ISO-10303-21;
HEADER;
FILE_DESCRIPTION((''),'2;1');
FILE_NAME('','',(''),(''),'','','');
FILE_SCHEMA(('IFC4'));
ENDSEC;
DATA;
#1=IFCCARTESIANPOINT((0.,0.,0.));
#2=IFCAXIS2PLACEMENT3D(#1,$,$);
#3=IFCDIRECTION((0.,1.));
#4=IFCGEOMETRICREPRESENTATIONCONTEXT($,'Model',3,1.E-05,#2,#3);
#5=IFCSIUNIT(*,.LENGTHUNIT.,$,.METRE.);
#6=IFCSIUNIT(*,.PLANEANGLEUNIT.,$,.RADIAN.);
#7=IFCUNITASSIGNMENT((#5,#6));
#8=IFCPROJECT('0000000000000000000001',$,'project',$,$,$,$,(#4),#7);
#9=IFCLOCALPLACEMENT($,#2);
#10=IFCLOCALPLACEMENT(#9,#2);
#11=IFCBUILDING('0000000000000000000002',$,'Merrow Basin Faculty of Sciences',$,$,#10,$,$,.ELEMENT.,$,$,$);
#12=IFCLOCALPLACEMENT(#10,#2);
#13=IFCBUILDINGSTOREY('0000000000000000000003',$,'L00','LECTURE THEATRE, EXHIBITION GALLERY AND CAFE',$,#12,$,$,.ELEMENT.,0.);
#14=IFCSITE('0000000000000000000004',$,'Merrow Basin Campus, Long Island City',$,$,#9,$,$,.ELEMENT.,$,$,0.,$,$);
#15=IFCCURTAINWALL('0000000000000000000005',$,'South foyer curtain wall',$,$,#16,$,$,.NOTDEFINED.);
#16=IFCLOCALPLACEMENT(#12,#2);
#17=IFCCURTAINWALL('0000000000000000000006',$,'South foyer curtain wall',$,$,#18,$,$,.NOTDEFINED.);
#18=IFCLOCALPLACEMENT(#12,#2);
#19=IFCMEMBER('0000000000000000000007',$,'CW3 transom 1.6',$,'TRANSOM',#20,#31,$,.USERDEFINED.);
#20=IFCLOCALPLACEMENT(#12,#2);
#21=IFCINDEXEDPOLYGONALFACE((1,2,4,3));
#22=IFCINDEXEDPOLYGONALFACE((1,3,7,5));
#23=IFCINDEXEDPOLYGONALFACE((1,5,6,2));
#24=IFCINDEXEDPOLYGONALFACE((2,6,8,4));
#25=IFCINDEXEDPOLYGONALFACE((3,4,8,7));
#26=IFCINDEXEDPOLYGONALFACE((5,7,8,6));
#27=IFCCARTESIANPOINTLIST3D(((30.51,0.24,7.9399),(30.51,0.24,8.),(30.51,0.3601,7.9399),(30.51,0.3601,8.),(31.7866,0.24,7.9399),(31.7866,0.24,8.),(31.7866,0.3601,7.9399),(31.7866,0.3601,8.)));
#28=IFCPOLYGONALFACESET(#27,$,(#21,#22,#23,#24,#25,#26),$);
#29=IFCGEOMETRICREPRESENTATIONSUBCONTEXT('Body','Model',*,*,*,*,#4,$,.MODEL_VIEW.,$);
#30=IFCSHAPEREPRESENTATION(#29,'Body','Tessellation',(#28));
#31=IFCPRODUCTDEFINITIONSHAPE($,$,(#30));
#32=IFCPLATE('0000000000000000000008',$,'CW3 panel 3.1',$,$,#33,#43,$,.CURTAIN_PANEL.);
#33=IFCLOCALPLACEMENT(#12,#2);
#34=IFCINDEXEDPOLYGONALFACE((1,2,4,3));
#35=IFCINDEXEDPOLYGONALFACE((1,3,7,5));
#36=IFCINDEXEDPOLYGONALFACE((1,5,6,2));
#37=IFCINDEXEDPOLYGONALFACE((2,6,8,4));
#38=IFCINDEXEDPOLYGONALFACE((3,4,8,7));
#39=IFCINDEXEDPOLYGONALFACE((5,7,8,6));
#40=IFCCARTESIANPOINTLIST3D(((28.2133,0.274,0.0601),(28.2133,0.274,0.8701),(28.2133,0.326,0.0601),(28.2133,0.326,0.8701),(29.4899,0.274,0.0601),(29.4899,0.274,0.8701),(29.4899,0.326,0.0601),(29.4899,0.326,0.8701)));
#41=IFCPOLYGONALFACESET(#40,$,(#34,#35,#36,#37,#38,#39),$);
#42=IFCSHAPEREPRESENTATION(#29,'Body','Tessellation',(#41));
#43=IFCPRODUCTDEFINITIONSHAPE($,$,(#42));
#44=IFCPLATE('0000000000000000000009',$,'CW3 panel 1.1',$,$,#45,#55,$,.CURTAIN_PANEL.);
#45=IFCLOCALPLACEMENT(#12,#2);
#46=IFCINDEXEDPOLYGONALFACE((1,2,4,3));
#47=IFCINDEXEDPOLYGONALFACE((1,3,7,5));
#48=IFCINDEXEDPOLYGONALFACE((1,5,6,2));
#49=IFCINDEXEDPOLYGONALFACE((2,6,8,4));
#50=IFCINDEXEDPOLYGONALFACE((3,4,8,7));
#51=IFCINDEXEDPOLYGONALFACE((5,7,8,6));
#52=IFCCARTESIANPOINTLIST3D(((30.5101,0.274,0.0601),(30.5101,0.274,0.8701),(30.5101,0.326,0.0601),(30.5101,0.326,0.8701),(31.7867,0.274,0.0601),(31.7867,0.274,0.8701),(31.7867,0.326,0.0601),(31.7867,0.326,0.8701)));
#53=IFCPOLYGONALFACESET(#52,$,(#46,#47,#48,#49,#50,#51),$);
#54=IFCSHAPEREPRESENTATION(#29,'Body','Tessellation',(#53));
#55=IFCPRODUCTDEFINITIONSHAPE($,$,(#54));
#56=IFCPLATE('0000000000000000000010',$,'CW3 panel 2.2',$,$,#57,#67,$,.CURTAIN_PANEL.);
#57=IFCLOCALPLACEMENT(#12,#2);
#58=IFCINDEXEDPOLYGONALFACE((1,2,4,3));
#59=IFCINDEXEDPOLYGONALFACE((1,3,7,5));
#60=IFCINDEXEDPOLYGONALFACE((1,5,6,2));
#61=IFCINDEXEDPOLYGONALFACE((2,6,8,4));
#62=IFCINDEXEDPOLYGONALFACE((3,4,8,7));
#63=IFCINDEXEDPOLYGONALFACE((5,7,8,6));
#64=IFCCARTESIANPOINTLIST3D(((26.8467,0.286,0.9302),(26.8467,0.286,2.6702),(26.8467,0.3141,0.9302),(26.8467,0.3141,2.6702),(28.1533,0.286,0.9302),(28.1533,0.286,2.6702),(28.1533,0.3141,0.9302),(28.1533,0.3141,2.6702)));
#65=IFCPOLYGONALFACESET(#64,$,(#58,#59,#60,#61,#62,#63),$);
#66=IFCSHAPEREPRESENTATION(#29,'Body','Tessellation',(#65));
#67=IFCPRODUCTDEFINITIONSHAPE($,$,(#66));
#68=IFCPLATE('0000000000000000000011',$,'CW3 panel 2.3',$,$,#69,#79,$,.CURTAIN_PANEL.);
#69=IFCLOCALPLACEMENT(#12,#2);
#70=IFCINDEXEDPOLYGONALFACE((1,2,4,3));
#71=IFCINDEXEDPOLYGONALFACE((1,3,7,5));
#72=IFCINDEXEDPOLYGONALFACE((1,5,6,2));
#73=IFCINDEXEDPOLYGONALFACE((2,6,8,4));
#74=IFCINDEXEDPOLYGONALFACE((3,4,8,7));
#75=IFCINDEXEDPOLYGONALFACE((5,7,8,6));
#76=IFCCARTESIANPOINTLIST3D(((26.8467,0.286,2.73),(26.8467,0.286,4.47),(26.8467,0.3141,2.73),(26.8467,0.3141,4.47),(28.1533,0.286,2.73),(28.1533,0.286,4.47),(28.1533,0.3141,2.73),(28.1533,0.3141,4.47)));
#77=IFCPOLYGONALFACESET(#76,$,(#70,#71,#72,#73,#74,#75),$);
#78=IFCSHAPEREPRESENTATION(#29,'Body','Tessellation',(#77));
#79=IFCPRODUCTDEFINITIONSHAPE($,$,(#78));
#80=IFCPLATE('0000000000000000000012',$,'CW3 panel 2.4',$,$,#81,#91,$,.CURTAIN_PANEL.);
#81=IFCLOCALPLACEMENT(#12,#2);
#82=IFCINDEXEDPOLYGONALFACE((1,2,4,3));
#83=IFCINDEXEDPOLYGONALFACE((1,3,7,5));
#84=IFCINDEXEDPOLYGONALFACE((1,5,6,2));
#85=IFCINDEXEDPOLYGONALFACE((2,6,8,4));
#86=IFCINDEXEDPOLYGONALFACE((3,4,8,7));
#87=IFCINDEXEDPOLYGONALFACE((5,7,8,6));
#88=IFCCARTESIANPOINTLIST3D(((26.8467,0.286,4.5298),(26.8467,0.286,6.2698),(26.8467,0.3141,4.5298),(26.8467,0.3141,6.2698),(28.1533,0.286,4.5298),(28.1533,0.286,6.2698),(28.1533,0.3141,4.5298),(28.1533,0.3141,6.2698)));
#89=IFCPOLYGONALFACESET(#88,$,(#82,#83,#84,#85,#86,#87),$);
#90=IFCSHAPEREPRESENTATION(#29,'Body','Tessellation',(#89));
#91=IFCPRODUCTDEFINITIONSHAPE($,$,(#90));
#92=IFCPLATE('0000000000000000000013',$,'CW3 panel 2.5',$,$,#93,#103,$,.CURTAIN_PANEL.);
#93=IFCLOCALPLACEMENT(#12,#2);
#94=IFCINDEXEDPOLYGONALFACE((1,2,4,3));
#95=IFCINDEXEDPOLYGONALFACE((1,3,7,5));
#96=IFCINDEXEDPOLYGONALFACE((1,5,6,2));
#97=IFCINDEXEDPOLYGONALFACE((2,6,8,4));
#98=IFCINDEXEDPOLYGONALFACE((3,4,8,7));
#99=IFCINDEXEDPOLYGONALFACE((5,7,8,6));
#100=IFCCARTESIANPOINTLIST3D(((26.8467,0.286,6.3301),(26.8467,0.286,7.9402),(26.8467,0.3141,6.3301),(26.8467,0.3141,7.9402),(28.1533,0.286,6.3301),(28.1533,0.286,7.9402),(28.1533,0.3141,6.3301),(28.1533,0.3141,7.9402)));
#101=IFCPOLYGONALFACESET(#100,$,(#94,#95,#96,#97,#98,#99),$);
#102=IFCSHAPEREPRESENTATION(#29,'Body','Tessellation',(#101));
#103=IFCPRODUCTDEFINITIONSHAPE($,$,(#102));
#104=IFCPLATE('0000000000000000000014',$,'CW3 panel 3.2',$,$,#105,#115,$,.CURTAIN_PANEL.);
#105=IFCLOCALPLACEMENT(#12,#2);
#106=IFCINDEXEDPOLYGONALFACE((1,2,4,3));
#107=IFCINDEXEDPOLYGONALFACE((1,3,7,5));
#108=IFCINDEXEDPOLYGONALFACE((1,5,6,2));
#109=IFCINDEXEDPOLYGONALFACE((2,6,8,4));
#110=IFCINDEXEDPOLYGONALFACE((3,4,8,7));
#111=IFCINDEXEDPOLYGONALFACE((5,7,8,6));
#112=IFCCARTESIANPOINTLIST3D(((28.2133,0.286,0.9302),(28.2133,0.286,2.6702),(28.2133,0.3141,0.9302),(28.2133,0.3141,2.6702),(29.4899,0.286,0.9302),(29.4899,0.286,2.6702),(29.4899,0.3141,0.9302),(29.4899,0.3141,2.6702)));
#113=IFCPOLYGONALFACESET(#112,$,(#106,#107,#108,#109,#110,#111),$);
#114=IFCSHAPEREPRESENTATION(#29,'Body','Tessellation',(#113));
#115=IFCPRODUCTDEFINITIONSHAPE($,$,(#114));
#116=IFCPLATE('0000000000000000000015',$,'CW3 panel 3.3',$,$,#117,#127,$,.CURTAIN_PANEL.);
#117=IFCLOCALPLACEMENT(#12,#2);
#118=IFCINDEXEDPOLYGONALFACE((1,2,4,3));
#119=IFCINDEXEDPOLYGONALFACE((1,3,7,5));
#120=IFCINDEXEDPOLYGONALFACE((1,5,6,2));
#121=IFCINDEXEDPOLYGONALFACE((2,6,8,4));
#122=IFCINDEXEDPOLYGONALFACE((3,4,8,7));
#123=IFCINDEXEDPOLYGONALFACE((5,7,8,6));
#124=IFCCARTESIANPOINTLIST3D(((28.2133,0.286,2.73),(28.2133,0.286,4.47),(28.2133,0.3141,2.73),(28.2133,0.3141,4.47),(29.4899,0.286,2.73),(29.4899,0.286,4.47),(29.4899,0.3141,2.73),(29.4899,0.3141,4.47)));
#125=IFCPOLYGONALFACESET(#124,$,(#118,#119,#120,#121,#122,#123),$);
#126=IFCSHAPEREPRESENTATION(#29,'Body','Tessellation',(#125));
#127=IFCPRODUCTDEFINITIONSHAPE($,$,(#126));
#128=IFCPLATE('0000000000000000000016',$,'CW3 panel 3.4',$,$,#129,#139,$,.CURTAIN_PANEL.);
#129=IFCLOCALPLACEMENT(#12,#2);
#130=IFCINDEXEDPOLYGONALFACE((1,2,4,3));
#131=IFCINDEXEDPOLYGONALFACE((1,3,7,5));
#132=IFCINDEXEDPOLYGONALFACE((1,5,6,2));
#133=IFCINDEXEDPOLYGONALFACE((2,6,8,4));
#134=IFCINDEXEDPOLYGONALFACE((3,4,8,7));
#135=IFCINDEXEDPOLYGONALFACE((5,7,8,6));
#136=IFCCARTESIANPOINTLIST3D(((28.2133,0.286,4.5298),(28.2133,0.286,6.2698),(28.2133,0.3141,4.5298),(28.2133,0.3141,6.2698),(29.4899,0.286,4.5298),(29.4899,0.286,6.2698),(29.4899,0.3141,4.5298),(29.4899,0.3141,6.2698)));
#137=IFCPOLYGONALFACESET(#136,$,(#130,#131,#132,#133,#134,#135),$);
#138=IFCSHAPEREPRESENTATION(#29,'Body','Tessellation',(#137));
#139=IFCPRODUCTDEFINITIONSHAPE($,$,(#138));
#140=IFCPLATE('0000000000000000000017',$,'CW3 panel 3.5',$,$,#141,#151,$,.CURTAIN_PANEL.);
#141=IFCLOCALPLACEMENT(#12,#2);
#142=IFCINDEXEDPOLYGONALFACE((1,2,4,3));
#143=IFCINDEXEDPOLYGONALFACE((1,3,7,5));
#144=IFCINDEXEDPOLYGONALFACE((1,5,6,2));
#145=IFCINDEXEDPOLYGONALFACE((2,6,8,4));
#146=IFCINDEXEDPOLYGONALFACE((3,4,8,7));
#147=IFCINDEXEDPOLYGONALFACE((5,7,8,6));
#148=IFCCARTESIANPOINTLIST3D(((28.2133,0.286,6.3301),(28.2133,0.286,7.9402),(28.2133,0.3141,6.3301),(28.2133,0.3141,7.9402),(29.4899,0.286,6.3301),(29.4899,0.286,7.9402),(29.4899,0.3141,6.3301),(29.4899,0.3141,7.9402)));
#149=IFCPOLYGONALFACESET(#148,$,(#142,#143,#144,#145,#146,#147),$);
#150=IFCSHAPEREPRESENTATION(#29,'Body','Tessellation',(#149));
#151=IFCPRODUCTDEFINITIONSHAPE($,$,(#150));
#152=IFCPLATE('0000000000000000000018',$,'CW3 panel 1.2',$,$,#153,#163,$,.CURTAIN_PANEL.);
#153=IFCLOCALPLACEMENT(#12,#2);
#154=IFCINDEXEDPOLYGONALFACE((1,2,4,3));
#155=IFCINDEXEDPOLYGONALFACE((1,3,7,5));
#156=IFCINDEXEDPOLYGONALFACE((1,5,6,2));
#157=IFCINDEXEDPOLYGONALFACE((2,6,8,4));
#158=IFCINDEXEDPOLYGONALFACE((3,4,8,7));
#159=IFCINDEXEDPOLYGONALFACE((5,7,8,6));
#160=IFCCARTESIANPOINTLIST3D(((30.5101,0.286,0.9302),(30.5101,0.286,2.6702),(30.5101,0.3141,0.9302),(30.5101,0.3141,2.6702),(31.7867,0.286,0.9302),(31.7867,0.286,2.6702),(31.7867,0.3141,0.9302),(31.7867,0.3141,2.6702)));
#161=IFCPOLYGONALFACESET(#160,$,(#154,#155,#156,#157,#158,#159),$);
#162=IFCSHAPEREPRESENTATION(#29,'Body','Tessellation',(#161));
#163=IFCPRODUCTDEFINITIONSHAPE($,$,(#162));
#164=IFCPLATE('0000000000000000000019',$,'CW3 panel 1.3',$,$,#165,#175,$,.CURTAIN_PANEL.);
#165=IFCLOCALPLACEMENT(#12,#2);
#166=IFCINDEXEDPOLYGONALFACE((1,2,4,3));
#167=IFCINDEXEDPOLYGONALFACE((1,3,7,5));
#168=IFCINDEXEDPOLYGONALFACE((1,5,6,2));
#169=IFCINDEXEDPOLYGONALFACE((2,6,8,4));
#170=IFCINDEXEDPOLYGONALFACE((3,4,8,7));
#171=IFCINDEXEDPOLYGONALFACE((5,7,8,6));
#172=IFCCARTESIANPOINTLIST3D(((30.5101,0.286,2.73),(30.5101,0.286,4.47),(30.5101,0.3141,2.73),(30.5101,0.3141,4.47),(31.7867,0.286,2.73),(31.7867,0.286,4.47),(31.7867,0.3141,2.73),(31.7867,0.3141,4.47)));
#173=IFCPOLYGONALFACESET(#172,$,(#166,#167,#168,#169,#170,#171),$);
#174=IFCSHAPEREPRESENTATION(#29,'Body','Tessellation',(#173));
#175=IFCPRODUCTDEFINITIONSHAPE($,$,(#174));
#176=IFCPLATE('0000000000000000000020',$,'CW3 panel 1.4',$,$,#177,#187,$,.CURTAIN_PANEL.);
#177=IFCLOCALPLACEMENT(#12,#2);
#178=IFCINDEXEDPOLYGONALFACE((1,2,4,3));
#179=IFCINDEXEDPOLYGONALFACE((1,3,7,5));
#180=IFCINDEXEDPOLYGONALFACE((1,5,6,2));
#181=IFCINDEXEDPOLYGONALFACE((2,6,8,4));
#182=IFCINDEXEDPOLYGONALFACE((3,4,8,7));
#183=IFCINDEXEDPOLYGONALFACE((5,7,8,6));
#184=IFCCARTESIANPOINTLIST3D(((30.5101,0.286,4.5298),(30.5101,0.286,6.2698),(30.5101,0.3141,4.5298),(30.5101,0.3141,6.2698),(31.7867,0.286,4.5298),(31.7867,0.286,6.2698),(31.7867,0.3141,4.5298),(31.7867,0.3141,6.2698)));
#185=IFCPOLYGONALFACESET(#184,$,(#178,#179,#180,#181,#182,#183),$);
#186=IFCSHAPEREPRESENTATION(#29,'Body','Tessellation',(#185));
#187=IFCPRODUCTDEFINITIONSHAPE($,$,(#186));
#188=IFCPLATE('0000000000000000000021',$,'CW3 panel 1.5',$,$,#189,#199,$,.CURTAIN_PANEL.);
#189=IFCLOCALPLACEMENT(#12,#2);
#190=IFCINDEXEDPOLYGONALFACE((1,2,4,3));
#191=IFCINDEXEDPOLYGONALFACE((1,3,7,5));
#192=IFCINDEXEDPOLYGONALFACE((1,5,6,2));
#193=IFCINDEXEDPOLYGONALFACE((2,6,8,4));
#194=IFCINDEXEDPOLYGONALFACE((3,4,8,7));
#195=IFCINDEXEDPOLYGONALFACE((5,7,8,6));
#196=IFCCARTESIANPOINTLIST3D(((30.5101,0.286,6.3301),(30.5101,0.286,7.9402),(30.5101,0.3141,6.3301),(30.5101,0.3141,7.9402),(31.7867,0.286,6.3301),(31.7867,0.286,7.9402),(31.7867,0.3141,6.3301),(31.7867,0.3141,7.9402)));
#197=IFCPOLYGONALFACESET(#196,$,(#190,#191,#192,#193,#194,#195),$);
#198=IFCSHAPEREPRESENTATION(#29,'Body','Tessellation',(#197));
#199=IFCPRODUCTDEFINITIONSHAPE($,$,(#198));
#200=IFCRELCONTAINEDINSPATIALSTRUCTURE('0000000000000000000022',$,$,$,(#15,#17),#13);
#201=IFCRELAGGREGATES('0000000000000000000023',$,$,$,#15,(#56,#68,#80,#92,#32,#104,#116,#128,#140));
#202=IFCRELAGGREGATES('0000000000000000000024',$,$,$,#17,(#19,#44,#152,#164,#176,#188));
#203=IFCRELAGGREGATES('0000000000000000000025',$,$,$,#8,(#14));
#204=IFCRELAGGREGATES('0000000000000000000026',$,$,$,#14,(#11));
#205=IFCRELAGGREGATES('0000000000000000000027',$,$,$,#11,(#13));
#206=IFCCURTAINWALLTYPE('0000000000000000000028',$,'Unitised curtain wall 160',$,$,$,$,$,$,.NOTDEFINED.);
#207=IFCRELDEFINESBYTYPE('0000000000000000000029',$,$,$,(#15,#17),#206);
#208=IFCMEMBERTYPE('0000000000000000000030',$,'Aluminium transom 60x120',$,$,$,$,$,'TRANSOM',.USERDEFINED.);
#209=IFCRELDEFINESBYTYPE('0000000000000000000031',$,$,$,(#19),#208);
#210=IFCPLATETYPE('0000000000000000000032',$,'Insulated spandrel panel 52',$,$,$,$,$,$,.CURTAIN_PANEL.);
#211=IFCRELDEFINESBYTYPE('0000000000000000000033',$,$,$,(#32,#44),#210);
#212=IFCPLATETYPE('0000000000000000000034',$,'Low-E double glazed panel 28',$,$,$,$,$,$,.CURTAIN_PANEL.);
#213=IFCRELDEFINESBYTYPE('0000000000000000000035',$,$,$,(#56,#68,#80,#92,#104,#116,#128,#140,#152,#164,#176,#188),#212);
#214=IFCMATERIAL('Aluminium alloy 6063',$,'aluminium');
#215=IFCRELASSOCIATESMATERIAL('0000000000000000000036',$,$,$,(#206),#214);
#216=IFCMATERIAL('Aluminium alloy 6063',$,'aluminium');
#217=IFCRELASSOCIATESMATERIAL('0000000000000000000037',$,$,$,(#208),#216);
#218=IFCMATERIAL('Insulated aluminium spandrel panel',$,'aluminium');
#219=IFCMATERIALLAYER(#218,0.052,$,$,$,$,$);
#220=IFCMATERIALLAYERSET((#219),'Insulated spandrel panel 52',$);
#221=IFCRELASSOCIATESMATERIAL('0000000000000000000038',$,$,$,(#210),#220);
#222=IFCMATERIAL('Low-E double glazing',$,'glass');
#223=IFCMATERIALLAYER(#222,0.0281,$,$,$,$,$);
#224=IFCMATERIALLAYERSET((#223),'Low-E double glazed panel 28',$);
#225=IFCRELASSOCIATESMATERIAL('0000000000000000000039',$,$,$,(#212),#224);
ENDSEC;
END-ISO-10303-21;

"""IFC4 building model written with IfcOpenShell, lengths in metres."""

from ifc_helpers import new_model, si_unit, direction, frame, origin, origin_2d, place, context, subcontext, project, spatial, rectangle, extrude, material, layer, layer_set, material_profile, profile_set, type_object, element, aggregate, save


model = new_model("IFC4")

# Units and contexts
model_context = context("Model", 3, precision=1e-05, world=origin(), true_north=direction((0.0, 1.0)))
body_context = subcontext(model_context, "Body", "Model", "MODEL_VIEW")
ifc_project = project(units=[si_unit("LENGTHUNIT", "METRE"), si_unit("PLANEANGLEUNIT", "RADIAN")], contexts=[model_context])

# Site, building, storey
site_placement = place(None, origin())
site = spatial("IfcSite", under=ifc_project, at=site_placement, Name="Merrow Basin Campus, Long Island City", CompositionType="ELEMENT", RefElevation=0.0)
building_placement = place(site_placement, origin())
building = spatial("IfcBuilding", under=site, at=building_placement, Name="Merrow Basin Faculty of Sciences", CompositionType="ELEMENT")
storey_placement = place(building_placement, origin())
storey = spatial("IfcBuildingStorey", under=building, at=storey_placement, Name="L00", Description="LECTURE THEATRE, EXHIBITION GALLERY AND CAFE", CompositionType="ELEMENT", Elevation=0.0)

# Curtain walls
ifc_material_1 = material(Name="Aluminium alloy 6063", Category="aluminium")
curtain_wall_type = type_object("IfcCurtainWallType", Name="Unitised curtain wall 160", PredefinedType="NOTDEFINED", material=ifc_material_1)
curtain_wall_1_placement = place(storey_placement, origin())
curtain_wall_1 = element("IfcCurtainWall", 1, at=curtain_wall_1_placement, inside=storey, type_object=curtain_wall_type, Name="South foyer curtain wall", PredefinedType="NOTDEFINED")
curtain_wall_2_placement = place(storey_placement, origin())
curtain_wall_2 = element("IfcCurtainWall", 2, at=curtain_wall_2_placement, inside=storey, type_object=curtain_wall_type, Name="South foyer curtain wall", PredefinedType="NOTDEFINED")

# Member
ifc_material_2 = material(Name="Aluminium alloy 6063", Category="aluminium")
ifc_material_profile_1 = material_profile(ifc_material_2, rectangle(XDim=0.1201, YDim=0.0601, at=origin_2d()))
ifc_profile_set_1 = profile_set([ifc_material_profile_1], Name="Aluminium alloy 6063")
member_type_1 = type_object("IfcMemberType", Name="Aluminium transom 60x120", ElementType="TRANSOM", PredefinedType="USERDEFINED", material=ifc_profile_set_1)
member_1_placement = place(storey_placement, frame((30.51, 0.3, 7.97), z_axis=(1.0, 0.0, 0.0), x_axis=(0.0, 1.0, 0.0)))
member_1 = element("IfcMember", 3, at=member_1_placement, type_object=member_type_1, Name="CW3 transom 1.6", ObjectType="TRANSOM", PredefinedType="USERDEFINED", context=body_context, shape_type="SweptSolid", body=[
    extrude(rectangle(XDim=0.1201, YDim=0.0601, at=origin_2d()), origin(), (0.0, 0.0, 1.0), 1.2766),
])

# Plates
ifc_material_3 = material(Name="Insulated aluminium spandrel panel", Category="aluminium")
ifc_layer_1 = layer(ifc_material_3, 0.052)
ifc_layer_set_1 = layer_set([ifc_layer_1], Name="Insulated spandrel panel 52")
plate_type_1 = type_object("IfcPlateType", Name="Insulated spandrel panel 52", PredefinedType="CURTAIN_PANEL", material=ifc_layer_set_1)
plate_1_placement = place(storey_placement, frame((28.8516, 0.3, 0.0601), z_axis=(0.0, 0.0, 1.0), x_axis=(1.0, 0.0, 0.0)))
plate_1 = element("IfcPlate", 4, at=plate_1_placement, type_object=plate_type_1, Name="CW3 panel 3.1", PredefinedType="CURTAIN_PANEL", context=body_context, shape_type="SweptSolid", body=[
    extrude(rectangle(XDim=1.2766, YDim=0.052, at=origin_2d()), origin(), (0.0, 0.0, 1.0), 0.8101),
])
plate_2_placement = place(storey_placement, frame((31.1484, 0.3, 0.0601), z_axis=(0.0, 0.0, 1.0), x_axis=(1.0, 0.0, 0.0)))
plate_2 = element("IfcPlate", 5, at=plate_2_placement, type_object=plate_type_1, Name="CW3 panel 1.1", PredefinedType="CURTAIN_PANEL", context=body_context, shape_type="SweptSolid", body=[
    extrude(rectangle(XDim=1.2766, YDim=0.052, at=origin_2d()), origin(), (0.0, 0.0, 1.0), 0.8101),
])
ifc_material_4 = material(Name="Low-E double glazing", Category="glass")
ifc_layer_2 = layer(ifc_material_4, 0.0281)
ifc_layer_set_2 = layer_set([ifc_layer_2], Name="Low-E double glazed panel 28")
plate_type_2 = type_object("IfcPlateType", Name="Low-E double glazed panel 28", PredefinedType="CURTAIN_PANEL", material=ifc_layer_set_2)
plate_3_placement = place(storey_placement, frame((27.5, 0.3, 0.9302), z_axis=(0.0, 0.0, 1.0), x_axis=(1.0, 0.0, 0.0)))
plate_3 = element("IfcPlate", 6, at=plate_3_placement, type_object=plate_type_2, Name="CW3 panel 2.2", PredefinedType="CURTAIN_PANEL", context=body_context, shape_type="SweptSolid", body=[
    extrude(rectangle(XDim=1.3066, YDim=0.0281, at=origin_2d()), origin(), (0.0, 0.0, 1.0), 1.74),
])
plate_4_placement = place(storey_placement, frame((27.5, 0.3, 2.73), z_axis=(0.0, 0.0, 1.0), x_axis=(1.0, 0.0, 0.0)))
plate_4 = element("IfcPlate", 7, at=plate_4_placement, type_object=plate_type_2, Name="CW3 panel 2.3", PredefinedType="CURTAIN_PANEL", context=body_context, shape_type="SweptSolid", body=[
    extrude(rectangle(XDim=1.3066, YDim=0.0281, at=origin_2d()), origin(), (0.0, 0.0, 1.0), 1.74),
])
plate_5_placement = place(storey_placement, frame((27.5, 0.3, 4.5298), z_axis=(0.0, 0.0, 1.0), x_axis=(1.0, 0.0, 0.0)))
plate_5 = element("IfcPlate", 8, at=plate_5_placement, type_object=plate_type_2, Name="CW3 panel 2.4", PredefinedType="CURTAIN_PANEL", context=body_context, shape_type="SweptSolid", body=[
    extrude(rectangle(XDim=1.3066, YDim=0.0281, at=origin_2d()), origin(), (0.0, 0.0, 1.0), 1.74),
])
plate_6_placement = place(storey_placement, frame((27.5, 0.3, 6.3301), z_axis=(0.0, 0.0, 1.0), x_axis=(1.0, 0.0, 0.0)))
plate_6 = element("IfcPlate", 9, at=plate_6_placement, type_object=plate_type_2, Name="CW3 panel 2.5", PredefinedType="CURTAIN_PANEL", context=body_context, shape_type="SweptSolid", body=[
    extrude(rectangle(XDim=1.3066, YDim=0.0281, at=origin_2d()), origin(), (0.0, 0.0, 1.0), 1.6101),
])
plate_7_placement = place(storey_placement, frame((28.8516, 0.3, 0.9302), z_axis=(0.0, 0.0, 1.0), x_axis=(1.0, 0.0, 0.0)))
plate_7 = element("IfcPlate", 10, at=plate_7_placement, type_object=plate_type_2, Name="CW3 panel 3.2", PredefinedType="CURTAIN_PANEL", context=body_context, shape_type="SweptSolid", body=[
    extrude(rectangle(XDim=1.2766, YDim=0.0281, at=origin_2d()), origin(), (0.0, 0.0, 1.0), 1.74),
])
plate_8_placement = place(storey_placement, frame((28.8516, 0.3, 2.73), z_axis=(0.0, 0.0, 1.0), x_axis=(1.0, 0.0, 0.0)))
plate_8 = element("IfcPlate", 11, at=plate_8_placement, type_object=plate_type_2, Name="CW3 panel 3.3", PredefinedType="CURTAIN_PANEL", context=body_context, shape_type="SweptSolid", body=[
    extrude(rectangle(XDim=1.2766, YDim=0.0281, at=origin_2d()), origin(), (0.0, 0.0, 1.0), 1.74),
])
plate_9_placement = place(storey_placement, frame((28.8516, 0.3, 4.5298), z_axis=(0.0, 0.0, 1.0), x_axis=(1.0, 0.0, 0.0)))
plate_9 = element("IfcPlate", 12, at=plate_9_placement, type_object=plate_type_2, Name="CW3 panel 3.4", PredefinedType="CURTAIN_PANEL", context=body_context, shape_type="SweptSolid", body=[
    extrude(rectangle(XDim=1.2766, YDim=0.0281, at=origin_2d()), origin(), (0.0, 0.0, 1.0), 1.74),
])
plate_10_placement = place(storey_placement, frame((28.8516, 0.3, 6.3301), z_axis=(0.0, 0.0, 1.0), x_axis=(1.0, 0.0, 0.0)))
plate_10 = element("IfcPlate", 13, at=plate_10_placement, type_object=plate_type_2, Name="CW3 panel 3.5", PredefinedType="CURTAIN_PANEL", context=body_context, shape_type="SweptSolid", body=[
    extrude(rectangle(XDim=1.2766, YDim=0.0281, at=origin_2d()), origin(), (0.0, 0.0, 1.0), 1.6101),
])
aggregate(curtain_wall_1, [plate_3, plate_4, plate_5, plate_6, plate_1, plate_7, plate_8, plate_9, plate_10])
plate_11_placement = place(storey_placement, frame((31.1484, 0.3, 0.9302), z_axis=(0.0, 0.0, 1.0), x_axis=(1.0, 0.0, 0.0)))
plate_11 = element("IfcPlate", 14, at=plate_11_placement, type_object=plate_type_2, Name="CW3 panel 1.2", PredefinedType="CURTAIN_PANEL", context=body_context, shape_type="SweptSolid", body=[
    extrude(rectangle(XDim=1.2766, YDim=0.0281, at=origin_2d()), origin(), (0.0, 0.0, 1.0), 1.74),
])
plate_12_placement = place(storey_placement, frame((31.1484, 0.3, 2.73), z_axis=(0.0, 0.0, 1.0), x_axis=(1.0, 0.0, 0.0)))
plate_12 = element("IfcPlate", 15, at=plate_12_placement, type_object=plate_type_2, Name="CW3 panel 1.3", PredefinedType="CURTAIN_PANEL", context=body_context, shape_type="SweptSolid", body=[
    extrude(rectangle(XDim=1.2766, YDim=0.0281, at=origin_2d()), origin(), (0.0, 0.0, 1.0), 1.74),
])
plate_13_placement = place(storey_placement, frame((31.1484, 0.3, 4.5298), z_axis=(0.0, 0.0, 1.0), x_axis=(1.0, 0.0, 0.0)))
plate_13 = element("IfcPlate", 16, at=plate_13_placement, type_object=plate_type_2, Name="CW3 panel 1.4", PredefinedType="CURTAIN_PANEL", context=body_context, shape_type="SweptSolid", body=[
    extrude(rectangle(XDim=1.2766, YDim=0.0281, at=origin_2d()), origin(), (0.0, 0.0, 1.0), 1.74),
])
plate_14_placement = place(storey_placement, frame((31.1484, 0.3, 6.3301), z_axis=(0.0, 0.0, 1.0), x_axis=(1.0, 0.0, 0.0)))
plate_14 = element("IfcPlate", 17, at=plate_14_placement, type_object=plate_type_2, Name="CW3 panel 1.5", PredefinedType="CURTAIN_PANEL", context=body_context, shape_type="SweptSolid", body=[
    extrude(rectangle(XDim=1.2766, YDim=0.0281, at=origin_2d()), origin(), (0.0, 0.0, 1.0), 1.6101),
])
aggregate(curtain_wall_2, [member_1, plate_2, plate_11, plate_12, plate_13, plate_14])

save(model, "model.ifc")
